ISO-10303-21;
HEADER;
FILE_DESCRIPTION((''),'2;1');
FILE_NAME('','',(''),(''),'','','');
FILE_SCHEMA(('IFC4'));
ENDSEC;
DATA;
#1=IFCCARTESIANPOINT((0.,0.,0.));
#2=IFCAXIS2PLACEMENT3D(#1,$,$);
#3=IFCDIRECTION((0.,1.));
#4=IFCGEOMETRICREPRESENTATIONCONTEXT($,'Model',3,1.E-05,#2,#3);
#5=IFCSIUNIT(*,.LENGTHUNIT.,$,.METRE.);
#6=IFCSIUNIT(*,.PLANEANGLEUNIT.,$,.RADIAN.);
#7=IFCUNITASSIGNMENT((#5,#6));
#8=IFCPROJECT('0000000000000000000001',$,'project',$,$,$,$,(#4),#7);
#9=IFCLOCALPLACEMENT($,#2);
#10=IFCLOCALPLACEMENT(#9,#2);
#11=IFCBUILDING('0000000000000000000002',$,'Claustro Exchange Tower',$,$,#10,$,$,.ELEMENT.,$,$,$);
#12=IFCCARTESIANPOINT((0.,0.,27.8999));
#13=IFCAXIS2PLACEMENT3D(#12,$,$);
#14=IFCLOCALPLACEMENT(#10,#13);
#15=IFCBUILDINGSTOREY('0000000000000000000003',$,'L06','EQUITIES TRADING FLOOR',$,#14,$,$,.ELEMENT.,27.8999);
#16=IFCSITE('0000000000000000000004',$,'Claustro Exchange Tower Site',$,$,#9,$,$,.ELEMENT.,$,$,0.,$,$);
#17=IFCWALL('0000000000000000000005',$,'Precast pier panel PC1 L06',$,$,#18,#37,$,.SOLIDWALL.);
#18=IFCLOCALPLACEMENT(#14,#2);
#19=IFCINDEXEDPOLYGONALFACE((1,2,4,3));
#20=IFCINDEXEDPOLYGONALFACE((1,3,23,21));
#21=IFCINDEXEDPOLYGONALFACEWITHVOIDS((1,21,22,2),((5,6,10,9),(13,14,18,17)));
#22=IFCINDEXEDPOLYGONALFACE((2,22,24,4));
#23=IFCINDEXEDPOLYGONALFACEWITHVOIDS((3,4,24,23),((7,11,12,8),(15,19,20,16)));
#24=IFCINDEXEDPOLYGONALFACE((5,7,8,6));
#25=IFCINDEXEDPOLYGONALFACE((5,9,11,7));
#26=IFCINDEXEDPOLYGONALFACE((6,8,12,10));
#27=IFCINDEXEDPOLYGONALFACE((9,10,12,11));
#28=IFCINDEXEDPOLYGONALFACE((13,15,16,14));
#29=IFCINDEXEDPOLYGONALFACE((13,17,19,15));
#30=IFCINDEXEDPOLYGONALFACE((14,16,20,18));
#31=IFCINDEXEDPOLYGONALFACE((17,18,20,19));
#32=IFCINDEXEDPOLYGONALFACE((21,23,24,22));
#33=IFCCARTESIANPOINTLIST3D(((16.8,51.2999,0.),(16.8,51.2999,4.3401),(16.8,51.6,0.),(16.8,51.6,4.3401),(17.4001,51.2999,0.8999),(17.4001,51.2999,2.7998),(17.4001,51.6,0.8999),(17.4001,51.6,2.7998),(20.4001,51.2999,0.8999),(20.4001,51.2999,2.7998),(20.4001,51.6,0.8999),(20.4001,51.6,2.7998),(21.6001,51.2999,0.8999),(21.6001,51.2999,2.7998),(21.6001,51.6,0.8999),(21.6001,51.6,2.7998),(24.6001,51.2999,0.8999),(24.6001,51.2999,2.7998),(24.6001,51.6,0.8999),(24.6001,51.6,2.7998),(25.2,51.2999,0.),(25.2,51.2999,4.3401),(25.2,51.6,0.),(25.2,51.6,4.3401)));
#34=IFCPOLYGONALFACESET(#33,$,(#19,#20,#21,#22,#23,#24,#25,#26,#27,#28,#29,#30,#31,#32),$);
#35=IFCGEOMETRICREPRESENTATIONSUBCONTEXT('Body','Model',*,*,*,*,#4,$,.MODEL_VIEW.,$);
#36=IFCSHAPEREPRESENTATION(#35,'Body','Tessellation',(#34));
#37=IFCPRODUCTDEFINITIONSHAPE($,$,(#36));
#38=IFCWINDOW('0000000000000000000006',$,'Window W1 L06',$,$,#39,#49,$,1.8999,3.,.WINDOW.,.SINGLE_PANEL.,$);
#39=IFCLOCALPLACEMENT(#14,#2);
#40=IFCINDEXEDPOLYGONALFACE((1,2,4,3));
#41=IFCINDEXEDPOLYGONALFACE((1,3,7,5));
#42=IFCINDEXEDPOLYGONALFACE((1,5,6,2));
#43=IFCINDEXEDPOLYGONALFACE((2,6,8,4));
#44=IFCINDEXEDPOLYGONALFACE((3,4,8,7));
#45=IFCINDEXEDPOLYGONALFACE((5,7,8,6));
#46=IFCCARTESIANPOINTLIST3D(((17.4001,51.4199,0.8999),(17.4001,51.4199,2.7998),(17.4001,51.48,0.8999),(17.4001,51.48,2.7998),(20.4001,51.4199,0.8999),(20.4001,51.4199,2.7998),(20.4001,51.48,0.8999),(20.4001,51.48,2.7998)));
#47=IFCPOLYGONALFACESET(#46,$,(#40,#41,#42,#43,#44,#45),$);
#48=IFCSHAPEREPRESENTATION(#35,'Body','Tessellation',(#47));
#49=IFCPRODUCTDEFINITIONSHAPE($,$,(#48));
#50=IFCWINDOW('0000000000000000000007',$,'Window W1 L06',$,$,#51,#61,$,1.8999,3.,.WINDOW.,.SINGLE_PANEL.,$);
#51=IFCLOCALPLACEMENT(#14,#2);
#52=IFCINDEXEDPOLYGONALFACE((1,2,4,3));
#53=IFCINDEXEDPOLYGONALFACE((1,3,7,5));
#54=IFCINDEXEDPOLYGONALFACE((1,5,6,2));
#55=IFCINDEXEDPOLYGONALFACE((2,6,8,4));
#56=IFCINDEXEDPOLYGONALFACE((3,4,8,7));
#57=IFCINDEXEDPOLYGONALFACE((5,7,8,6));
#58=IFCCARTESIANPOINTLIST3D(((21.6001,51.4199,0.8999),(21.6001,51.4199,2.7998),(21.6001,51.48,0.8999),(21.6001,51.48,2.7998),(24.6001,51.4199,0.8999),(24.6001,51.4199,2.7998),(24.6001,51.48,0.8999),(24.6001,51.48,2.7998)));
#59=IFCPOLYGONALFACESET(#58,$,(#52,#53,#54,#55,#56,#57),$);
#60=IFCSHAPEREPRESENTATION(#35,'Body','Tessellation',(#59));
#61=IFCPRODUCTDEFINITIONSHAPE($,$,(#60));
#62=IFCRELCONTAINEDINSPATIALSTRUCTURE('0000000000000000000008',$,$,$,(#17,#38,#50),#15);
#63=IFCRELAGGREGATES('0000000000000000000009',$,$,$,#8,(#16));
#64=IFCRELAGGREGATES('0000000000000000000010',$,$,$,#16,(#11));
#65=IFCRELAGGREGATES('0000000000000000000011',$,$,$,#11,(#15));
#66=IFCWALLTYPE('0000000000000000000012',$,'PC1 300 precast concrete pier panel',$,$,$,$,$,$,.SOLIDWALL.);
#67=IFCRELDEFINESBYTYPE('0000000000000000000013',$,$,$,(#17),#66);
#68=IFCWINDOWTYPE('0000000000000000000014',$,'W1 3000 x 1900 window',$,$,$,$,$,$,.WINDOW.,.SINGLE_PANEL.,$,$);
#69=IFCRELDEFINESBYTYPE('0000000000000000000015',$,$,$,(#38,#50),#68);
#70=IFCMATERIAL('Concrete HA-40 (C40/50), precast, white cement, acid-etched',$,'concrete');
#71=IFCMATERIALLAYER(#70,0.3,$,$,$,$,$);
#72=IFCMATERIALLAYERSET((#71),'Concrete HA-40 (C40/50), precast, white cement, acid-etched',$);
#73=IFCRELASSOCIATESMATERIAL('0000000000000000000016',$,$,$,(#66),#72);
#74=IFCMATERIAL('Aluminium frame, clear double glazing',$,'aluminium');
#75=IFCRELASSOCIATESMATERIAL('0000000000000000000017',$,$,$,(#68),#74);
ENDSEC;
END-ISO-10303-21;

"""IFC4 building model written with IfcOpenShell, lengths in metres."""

from ifc_helpers import new_model, si_unit, direction, frame, frame_2d, origin, place, context, subcontext, project, spatial, rectangle, extrude, material, layer, layer_set, type_object, element, fill, save


model = new_model("IFC4")

# Units and contexts
model_context = context("Model", 3, precision=1e-05, world=origin(), true_north=direction((0.0, 1.0)))
body_context = subcontext(model_context, "Body", "Model", "MODEL_VIEW")
ifc_project = project(units=[si_unit("LENGTHUNIT", "METRE"), si_unit("PLANEANGLEUNIT", "RADIAN")], contexts=[model_context])

# Site, building, storey
site_placement = place(None, origin())
site = spatial("IfcSite", under=ifc_project, at=site_placement, Name="Claustro Exchange Tower Site", CompositionType="ELEMENT", RefElevation=0.0)
building_placement = place(site_placement, origin())
building = spatial("IfcBuilding", under=site, at=building_placement, Name="Claustro Exchange Tower", CompositionType="ELEMENT")
storey_placement = place(building_placement, frame((0.0, 0.0, 27.8999)))
storey = spatial("IfcBuildingStorey", under=building, at=storey_placement, Name="L06", Description="EQUITIES TRADING FLOOR", CompositionType="ELEMENT", Elevation=27.8999)

# Wall, openings, windows
ifc_material_1 = material(Name="Concrete HA-40 (C40/50), precast, white cement, acid-etched", Category="concrete")
ifc_layer_1 = layer(ifc_material_1, 0.3)
ifc_layer_set_1 = layer_set([ifc_layer_1], Name="Concrete HA-40 (C40/50), precast, white cement, acid-etched")
wall_type_1 = type_object("IfcWallType", Name="PC1 300 precast concrete pier panel", PredefinedType="SOLIDWALL", material=ifc_layer_set_1)
ifc_material_2 = material(Name="Aluminium frame, clear double glazing", Category="aluminium")
window_type = type_object("IfcWindowType", Name="W1 3000 x 1900 window", PartitioningType="SINGLE_PANEL", PredefinedType="WINDOW", material=ifc_material_2)
wall_1_placement = place(storey_placement, frame((16.8, 51.45, 0.0), z_axis=(0.0, 0.0, 1.0), x_axis=(1.0, 0.0, 0.0)))
wall_1 = element("IfcWall", 1, at=wall_1_placement, inside=storey, type_object=wall_type_1, Name="Precast pier panel PC1 L06", PredefinedType="SOLIDWALL", context=body_context, shape_type="SweptSolid", body=[
    extrude(rectangle(XDim=8.3999, YDim=0.3, at=frame_2d((4.2, 0.0))), origin(), (0.0, 0.0, 1.0), 4.3401),
])
opening_1_placement = place(wall_1_placement, frame((0.6001, 0.0, 0.8999)))
opening_1 = element("IfcOpeningElement", 2, at=opening_1_placement, cuts=wall_1, PredefinedType="OPENING", context=body_context, shape_type="SweptSolid", body=[
    extrude(rectangle(XDim=3.0, YDim=1.8999, at=frame_2d((1.5, 0.95))), frame((0.0, 0.1599, 0.0), z_axis=(0.0, -1.0, 0.0), x_axis=(1.0, 0.0, 0.0)), (0.0, 0.0, 1.0), 0.3201),
])
opening_2_placement = place(wall_1_placement, frame((4.8, 0.0, 0.8999)))
opening_2 = element("IfcOpeningElement", 3, at=opening_2_placement, cuts=wall_1, PredefinedType="OPENING", context=body_context, shape_type="SweptSolid", body=[
    extrude(rectangle(XDim=3.0, YDim=1.8999, at=frame_2d((1.5, 0.95))), frame((0.0, 0.1599, 0.0), z_axis=(0.0, -1.0, 0.0), x_axis=(1.0, 0.0, 0.0)), (0.0, 0.0, 1.0), 0.3201),
])
window_1_placement = place(opening_1_placement, origin())
window_1 = element("IfcWindow", 4, at=window_1_placement, inside=storey, type_object=window_type, Name="Window W1 L06", OverallHeight=1.8999, OverallWidth=3.0, PartitioningType="SINGLE_PANEL", PredefinedType="WINDOW", context=body_context, shape_type="SweptSolid", body=[
    extrude(rectangle(XDim=3.0, YDim=1.8999, at=frame_2d((1.5, 0.95))), frame((0.0, 0.03, 0.0), z_axis=(0.0, -1.0, 0.0), x_axis=(1.0, 0.0, 0.0)), (0.0, 0.0, 1.0), 0.0601),
])
fill(opening_1, window_1)
window_2_placement = place(opening_2_placement, origin())
window_2 = element("IfcWindow", 5, at=window_2_placement, inside=storey, type_object=window_type, Name="Window W1 L06", OverallHeight=1.8999, OverallWidth=3.0, PartitioningType="SINGLE_PANEL", PredefinedType="WINDOW", context=body_context, shape_type="SweptSolid", body=[
    extrude(rectangle(XDim=3.0, YDim=1.8999, at=frame_2d((1.5, 0.95))), frame((0.0, 0.03, 0.0), z_axis=(0.0, -1.0, 0.0), x_axis=(1.0, 0.0, 0.0)), (0.0, 0.0, 1.0), 0.0601),
])
fill(opening_2, window_2)

save(model, "model.ifc")
